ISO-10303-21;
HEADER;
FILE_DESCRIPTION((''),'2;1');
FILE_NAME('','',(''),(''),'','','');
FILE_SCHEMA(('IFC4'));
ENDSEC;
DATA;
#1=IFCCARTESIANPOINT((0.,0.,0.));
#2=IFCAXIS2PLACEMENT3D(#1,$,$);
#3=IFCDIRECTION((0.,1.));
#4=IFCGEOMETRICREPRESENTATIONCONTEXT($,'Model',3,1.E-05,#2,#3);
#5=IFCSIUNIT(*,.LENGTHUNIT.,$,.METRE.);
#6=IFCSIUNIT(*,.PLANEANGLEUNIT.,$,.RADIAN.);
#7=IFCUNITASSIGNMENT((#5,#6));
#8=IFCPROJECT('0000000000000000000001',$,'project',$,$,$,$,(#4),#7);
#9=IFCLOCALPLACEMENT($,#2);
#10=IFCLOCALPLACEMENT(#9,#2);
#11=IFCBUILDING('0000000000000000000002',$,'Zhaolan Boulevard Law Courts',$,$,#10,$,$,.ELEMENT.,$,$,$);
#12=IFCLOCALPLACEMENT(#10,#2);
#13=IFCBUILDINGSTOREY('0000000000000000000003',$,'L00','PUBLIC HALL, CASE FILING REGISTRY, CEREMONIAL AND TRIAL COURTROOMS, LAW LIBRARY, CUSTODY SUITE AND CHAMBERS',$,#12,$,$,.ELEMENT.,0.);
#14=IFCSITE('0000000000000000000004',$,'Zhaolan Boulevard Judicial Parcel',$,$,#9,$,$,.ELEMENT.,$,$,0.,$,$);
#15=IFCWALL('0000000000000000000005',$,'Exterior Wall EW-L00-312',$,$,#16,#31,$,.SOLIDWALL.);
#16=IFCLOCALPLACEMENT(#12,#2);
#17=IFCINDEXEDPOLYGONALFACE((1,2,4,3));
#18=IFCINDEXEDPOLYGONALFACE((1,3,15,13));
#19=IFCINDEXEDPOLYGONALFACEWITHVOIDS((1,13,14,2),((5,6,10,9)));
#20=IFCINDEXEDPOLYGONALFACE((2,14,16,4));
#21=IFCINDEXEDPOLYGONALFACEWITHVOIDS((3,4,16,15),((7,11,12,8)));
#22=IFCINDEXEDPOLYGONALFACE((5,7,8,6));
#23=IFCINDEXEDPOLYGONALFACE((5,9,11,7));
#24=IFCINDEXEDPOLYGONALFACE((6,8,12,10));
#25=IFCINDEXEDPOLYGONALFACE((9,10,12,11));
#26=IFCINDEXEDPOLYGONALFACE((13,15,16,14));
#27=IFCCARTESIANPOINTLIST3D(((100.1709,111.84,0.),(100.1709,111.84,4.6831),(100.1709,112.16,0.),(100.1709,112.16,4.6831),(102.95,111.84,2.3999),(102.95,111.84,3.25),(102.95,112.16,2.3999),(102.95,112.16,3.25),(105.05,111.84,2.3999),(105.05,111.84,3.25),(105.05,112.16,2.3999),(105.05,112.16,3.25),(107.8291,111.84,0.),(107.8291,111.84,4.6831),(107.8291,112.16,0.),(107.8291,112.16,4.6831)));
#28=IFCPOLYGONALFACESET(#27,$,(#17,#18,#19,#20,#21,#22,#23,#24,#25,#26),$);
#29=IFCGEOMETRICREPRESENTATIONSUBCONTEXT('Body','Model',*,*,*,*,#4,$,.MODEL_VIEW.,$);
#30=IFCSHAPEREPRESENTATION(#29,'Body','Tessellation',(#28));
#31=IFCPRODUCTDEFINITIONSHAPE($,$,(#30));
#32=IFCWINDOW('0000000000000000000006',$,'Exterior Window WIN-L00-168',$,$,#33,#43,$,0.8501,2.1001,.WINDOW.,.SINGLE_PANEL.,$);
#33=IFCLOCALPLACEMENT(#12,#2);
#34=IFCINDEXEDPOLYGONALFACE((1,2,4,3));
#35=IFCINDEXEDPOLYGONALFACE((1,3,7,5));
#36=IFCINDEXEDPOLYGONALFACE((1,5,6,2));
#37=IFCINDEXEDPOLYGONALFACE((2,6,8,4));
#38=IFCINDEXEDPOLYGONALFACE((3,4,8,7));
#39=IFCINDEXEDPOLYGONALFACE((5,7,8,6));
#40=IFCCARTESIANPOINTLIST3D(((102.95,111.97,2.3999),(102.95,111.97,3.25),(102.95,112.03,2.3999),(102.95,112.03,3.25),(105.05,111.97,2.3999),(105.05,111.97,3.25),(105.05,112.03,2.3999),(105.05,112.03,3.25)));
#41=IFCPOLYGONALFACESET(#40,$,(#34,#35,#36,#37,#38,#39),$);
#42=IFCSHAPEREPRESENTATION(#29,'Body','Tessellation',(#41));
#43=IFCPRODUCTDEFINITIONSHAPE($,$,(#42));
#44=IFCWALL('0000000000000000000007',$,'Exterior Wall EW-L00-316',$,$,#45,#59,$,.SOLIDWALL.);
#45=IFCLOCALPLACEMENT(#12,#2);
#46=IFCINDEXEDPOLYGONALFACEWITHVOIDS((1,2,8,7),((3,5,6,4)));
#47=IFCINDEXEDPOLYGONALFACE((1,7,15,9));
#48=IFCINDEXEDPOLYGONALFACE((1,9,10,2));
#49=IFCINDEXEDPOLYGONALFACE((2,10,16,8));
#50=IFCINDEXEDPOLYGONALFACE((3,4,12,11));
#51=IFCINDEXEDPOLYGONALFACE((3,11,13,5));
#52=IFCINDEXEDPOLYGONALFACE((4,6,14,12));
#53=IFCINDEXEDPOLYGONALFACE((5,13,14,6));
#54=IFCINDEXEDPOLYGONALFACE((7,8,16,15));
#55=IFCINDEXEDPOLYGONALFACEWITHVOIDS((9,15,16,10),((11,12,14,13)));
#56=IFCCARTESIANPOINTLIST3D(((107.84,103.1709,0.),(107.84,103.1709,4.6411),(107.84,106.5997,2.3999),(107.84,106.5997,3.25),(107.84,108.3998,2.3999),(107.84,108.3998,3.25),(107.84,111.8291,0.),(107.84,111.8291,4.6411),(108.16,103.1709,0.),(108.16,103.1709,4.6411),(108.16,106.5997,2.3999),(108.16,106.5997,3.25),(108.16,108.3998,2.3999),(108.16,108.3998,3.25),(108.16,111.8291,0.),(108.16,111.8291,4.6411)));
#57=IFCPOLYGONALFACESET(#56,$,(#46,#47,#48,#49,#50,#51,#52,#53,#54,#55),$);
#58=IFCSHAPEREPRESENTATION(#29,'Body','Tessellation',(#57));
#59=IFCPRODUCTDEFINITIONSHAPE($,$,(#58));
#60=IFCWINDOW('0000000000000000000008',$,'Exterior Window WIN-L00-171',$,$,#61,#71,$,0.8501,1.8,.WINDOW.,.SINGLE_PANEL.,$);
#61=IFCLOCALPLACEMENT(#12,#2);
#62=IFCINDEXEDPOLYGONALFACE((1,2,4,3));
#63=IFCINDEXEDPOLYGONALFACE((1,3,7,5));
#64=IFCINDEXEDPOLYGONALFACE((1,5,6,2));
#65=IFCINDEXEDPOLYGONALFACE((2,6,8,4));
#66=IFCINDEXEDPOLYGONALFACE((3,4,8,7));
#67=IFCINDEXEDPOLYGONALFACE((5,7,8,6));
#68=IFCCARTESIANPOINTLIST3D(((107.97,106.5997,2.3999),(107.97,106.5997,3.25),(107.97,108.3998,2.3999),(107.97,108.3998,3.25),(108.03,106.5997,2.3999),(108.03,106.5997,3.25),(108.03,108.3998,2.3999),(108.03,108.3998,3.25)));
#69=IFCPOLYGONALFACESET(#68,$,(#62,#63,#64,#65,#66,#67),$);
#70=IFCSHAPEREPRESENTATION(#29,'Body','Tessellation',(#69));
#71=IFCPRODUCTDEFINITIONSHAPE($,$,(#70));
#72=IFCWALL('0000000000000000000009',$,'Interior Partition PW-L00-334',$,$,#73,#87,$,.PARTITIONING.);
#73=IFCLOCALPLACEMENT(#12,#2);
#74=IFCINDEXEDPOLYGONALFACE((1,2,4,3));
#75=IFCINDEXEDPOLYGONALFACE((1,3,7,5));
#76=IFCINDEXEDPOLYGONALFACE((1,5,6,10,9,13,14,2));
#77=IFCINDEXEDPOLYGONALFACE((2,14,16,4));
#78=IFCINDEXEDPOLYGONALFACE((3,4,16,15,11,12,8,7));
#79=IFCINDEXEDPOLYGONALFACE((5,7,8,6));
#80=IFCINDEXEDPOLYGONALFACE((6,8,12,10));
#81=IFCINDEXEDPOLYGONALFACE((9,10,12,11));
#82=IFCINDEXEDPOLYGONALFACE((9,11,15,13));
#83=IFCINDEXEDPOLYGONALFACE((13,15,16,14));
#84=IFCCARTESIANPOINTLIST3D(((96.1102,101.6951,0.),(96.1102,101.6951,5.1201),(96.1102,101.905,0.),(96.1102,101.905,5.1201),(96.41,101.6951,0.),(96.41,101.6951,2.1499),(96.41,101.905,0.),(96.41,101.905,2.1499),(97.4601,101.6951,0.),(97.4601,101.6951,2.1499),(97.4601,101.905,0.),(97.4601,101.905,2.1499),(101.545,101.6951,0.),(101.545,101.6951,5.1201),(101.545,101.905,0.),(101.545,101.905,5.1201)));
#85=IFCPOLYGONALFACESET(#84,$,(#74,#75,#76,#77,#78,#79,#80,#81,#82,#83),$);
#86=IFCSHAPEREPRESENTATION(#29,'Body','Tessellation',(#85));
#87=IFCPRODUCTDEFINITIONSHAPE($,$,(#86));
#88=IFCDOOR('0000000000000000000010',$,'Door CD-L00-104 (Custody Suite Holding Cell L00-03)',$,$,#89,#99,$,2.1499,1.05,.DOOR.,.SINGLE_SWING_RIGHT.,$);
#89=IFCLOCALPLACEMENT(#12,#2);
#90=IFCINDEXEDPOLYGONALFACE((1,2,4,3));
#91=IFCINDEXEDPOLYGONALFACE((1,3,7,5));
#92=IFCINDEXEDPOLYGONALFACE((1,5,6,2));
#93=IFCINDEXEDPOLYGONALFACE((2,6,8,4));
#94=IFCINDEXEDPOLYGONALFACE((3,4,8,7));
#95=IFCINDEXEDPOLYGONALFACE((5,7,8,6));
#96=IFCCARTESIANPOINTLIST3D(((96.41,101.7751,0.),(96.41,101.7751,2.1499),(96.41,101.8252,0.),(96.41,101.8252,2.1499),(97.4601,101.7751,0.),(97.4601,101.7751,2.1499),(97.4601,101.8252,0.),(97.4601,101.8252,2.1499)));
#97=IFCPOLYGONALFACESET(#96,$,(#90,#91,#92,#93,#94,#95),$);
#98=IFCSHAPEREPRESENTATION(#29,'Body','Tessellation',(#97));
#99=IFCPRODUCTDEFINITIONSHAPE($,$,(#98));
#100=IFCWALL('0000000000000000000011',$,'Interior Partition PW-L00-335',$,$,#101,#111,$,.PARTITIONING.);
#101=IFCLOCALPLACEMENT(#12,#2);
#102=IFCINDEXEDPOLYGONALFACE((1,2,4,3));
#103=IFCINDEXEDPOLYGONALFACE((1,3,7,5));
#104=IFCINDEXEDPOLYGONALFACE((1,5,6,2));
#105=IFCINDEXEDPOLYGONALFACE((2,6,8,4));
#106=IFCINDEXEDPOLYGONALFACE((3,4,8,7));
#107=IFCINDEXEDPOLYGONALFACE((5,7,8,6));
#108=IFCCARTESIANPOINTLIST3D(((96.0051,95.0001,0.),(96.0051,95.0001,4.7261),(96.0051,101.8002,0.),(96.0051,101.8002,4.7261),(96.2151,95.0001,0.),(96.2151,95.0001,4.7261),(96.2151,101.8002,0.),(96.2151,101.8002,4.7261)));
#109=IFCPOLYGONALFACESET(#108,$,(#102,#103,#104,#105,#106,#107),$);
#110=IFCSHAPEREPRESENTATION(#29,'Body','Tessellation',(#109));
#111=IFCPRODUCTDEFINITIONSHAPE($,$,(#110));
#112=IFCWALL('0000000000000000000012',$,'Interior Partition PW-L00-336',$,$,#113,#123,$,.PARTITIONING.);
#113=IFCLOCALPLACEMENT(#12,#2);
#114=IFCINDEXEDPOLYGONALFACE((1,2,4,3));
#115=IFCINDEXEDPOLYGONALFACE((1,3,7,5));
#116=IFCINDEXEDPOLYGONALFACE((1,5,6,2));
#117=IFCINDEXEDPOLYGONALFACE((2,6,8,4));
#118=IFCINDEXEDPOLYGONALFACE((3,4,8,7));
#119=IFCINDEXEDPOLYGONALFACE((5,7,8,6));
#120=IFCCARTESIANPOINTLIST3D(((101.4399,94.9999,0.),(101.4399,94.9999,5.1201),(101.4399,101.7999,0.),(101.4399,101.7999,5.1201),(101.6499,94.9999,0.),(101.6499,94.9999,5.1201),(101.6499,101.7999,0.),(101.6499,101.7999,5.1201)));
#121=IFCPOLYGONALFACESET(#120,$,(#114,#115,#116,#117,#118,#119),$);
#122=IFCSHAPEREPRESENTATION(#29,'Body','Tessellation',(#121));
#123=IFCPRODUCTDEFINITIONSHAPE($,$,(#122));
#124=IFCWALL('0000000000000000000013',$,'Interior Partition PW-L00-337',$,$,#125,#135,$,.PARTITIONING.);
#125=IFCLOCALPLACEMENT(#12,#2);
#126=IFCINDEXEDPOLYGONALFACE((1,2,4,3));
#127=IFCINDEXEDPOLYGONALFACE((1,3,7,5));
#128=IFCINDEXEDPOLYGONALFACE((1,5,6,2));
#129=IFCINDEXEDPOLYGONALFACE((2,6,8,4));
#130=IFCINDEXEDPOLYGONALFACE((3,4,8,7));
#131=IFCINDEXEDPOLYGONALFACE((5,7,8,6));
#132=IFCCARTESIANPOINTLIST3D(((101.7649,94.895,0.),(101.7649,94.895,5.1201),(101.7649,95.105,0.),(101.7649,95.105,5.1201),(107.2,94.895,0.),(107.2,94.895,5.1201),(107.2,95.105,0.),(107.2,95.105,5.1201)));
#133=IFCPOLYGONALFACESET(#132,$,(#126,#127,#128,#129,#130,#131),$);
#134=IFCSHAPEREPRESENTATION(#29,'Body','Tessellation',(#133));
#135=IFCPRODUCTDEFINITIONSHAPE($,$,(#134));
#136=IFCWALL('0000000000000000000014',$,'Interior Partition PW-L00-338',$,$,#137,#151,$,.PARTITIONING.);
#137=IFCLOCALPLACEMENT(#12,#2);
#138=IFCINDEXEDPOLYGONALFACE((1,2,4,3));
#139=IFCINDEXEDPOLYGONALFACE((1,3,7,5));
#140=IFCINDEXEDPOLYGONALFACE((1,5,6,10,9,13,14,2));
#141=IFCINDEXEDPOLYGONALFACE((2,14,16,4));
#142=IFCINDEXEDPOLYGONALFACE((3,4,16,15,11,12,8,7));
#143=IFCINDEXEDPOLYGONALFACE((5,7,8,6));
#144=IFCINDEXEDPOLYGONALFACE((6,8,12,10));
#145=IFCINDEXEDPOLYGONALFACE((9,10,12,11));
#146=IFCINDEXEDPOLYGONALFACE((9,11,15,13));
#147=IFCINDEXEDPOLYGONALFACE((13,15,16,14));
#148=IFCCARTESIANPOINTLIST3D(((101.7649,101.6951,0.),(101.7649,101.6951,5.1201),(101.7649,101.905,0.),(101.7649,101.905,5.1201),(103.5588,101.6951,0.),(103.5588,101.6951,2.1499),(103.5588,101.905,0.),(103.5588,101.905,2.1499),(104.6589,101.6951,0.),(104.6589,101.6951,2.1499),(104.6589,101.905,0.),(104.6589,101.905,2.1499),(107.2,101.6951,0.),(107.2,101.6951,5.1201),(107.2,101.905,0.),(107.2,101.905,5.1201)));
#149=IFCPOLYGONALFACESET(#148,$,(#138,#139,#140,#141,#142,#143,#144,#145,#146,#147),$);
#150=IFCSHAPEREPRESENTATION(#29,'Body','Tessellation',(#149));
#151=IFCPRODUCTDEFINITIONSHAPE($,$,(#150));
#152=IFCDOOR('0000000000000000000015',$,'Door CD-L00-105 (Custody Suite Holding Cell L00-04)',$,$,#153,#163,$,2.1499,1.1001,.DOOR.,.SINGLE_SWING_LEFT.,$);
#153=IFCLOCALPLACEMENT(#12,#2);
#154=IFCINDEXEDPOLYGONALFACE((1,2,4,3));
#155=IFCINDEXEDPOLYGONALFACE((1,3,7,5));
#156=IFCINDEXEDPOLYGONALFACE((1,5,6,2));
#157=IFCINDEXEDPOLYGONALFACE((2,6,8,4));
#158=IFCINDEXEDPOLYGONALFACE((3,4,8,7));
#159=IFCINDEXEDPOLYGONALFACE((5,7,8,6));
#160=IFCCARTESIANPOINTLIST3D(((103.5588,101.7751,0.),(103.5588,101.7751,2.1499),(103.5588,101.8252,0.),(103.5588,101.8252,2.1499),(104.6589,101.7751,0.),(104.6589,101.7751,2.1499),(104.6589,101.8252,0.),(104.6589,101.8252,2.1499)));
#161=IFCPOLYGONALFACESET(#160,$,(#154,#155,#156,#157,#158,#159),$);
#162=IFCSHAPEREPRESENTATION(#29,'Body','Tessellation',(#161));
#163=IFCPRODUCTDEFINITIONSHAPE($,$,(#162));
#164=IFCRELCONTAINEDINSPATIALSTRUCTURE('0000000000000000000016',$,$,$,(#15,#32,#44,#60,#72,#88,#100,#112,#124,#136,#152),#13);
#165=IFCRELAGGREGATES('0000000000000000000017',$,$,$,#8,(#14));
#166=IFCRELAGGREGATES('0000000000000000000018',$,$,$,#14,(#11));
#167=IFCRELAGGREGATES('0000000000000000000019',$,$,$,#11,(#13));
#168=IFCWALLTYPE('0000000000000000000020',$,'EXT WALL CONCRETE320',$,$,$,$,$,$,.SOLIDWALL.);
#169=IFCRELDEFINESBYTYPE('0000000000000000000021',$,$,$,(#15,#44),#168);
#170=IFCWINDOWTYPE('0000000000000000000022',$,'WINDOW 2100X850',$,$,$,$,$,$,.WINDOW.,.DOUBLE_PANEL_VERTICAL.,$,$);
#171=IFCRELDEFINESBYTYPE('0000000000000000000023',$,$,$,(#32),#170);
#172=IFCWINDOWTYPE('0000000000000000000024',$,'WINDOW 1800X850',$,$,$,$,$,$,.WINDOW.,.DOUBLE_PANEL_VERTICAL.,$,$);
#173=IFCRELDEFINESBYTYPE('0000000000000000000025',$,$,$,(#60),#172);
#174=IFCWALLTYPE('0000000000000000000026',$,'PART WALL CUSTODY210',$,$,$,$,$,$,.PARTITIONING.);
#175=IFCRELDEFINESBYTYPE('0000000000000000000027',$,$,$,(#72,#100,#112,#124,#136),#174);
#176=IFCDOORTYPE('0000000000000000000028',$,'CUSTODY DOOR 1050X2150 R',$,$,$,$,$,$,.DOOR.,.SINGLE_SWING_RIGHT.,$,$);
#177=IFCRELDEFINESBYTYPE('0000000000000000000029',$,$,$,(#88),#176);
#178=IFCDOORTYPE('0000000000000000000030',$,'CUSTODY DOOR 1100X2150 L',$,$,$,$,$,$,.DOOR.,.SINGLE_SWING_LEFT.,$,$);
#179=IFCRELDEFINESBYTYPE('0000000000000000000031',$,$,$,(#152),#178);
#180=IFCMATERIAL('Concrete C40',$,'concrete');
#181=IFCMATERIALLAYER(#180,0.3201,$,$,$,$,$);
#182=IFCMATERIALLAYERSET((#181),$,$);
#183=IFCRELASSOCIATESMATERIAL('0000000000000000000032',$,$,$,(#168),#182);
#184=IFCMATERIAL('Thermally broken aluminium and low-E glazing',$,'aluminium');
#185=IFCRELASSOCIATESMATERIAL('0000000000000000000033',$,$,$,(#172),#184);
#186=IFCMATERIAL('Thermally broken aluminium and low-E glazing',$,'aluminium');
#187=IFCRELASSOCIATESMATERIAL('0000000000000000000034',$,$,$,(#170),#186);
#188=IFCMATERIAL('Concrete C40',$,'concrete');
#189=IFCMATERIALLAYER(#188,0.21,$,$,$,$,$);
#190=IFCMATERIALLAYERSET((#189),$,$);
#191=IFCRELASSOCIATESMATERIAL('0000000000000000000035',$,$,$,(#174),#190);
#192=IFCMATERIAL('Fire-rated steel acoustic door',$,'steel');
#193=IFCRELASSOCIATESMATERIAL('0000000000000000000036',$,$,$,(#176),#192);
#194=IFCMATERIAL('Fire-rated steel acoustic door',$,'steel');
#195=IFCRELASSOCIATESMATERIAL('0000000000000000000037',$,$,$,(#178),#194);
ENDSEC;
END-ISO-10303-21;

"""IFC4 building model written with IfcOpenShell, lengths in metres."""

from ifc_helpers import new_model, si_unit, direction, frame, frame_2d, origin, place, context, subcontext, project, spatial, rectangle, extrude, material, layer, layer_set, type_object, element, fill, save


model = new_model("IFC4")

# Units and contexts
model_context = context("Model", 3, precision=1e-05, world=origin(), true_north=direction((0.0, 1.0)))
body_context = subcontext(model_context, "Body", "Model", "MODEL_VIEW")
ifc_project = project(units=[si_unit("LENGTHUNIT", "METRE"), si_unit("PLANEANGLEUNIT", "RADIAN")], contexts=[model_context])

# Site, building, storey
site_placement = place(None, origin())
site = spatial("IfcSite", under=ifc_project, at=site_placement, Name="Zhaolan Boulevard Judicial Parcel", CompositionType="ELEMENT", RefElevation=0.0)
building_placement = place(site_placement, origin())
building = spatial("IfcBuilding", under=site, at=building_placement, Name="Zhaolan Boulevard Law Courts", CompositionType="ELEMENT")
storey_placement = place(building_placement, origin())
storey = spatial("IfcBuildingStorey", under=building, at=storey_placement, Name="L00", Description="PUBLIC HALL, CASE FILING REGISTRY, CEREMONIAL AND TRIAL COURTROOMS, LAW LIBRARY, CUSTODY SUITE AND CHAMBERS", CompositionType="ELEMENT", Elevation=0.0)

# Walls, openings, windows
ifc_material_1 = material(Name="Concrete C40", Category="concrete")
ifc_layer_1 = layer(ifc_material_1, 0.3201)
ifc_layer_set_1 = layer_set([ifc_layer_1])
wall_type_1 = type_object("IfcWallType", Name="EXT WALL CONCRETE320", PredefinedType="SOLIDWALL", material=ifc_layer_set_1)
ifc_material_2 = material(Name="Thermally broken aluminium and low-E glazing", Category="aluminium")
window_type_1 = type_object("IfcWindowType", Name="WINDOW 1800X850", PartitioningType="DOUBLE_PANEL_VERTICAL", PredefinedType="WINDOW", material=ifc_material_2)
wall_1_placement = place(storey_placement, frame((107.8291, 112.0, 0.0), z_axis=(0.0, 0.0, 1.0), x_axis=(-1.0, 0.0, 0.0)))
wall_1 = element("IfcWall", 1, at=wall_1_placement, inside=storey, type_object=wall_type_1, Name="Exterior Wall EW-L00-312", PredefinedType="SOLIDWALL", context=body_context, shape_type="SweptSolid", body=[
    extrude(rectangle(XDim=7.6582, YDim=0.3201, at=frame_2d((3.8291, 0.0))), origin(), (0.0, 0.0, 1.0), 4.6831),
])
opening_1_placement = place(wall_1_placement, frame((2.7791, 0.0, 2.3999)))
opening_1 = element("IfcOpeningElement", 2, at=opening_1_placement, cuts=wall_1, PredefinedType="OPENING", context=body_context, shape_type="SweptSolid", body=[
    extrude(rectangle(XDim=2.1001, YDim=0.8501, at=frame_2d((1.05, 0.425))), frame((0.0, 0.1699, 0.0), z_axis=(0.0, -1.0, 0.0), x_axis=(1.0, 0.0, 0.0)), (0.0, 0.0, 1.0), 0.3401),
])
ifc_material_3 = material(Name="Thermally broken aluminium and low-E glazing", Category="aluminium")
window_type_2 = type_object("IfcWindowType", Name="WINDOW 2100X850", PartitioningType="DOUBLE_PANEL_VERTICAL", PredefinedType="WINDOW", material=ifc_material_3)
window_1_placement = place(opening_1_placement, origin())
window_1 = element("IfcWindow", 3, at=window_1_placement, inside=storey, type_object=window_type_2, Name="Exterior Window WIN-L00-168", OverallHeight=0.8501, OverallWidth=2.1001, PartitioningType="SINGLE_PANEL", PredefinedType="WINDOW", context=body_context, shape_type="SweptSolid", body=[
    extrude(rectangle(XDim=2.1001, YDim=0.8501, at=frame_2d((1.05, 0.425))), frame((0.0, 0.03, 0.0), z_axis=(0.0, -1.0, 0.0), x_axis=(1.0, 0.0, 0.0)), (0.0, 0.0, 1.0), 0.0601),
])
fill(opening_1, window_1)
wall_2_placement = place(storey_placement, frame((108.0, 103.1709, 0.0), z_axis=(0.0, 0.0, 1.0), x_axis=(0.0, 1.0, 0.0)))
wall_2 = element("IfcWall", 4, at=wall_2_placement, inside=storey, type_object=wall_type_1, Name="Exterior Wall EW-L00-316", PredefinedType="SOLIDWALL", context=body_context, shape_type="SweptSolid", body=[
    extrude(rectangle(XDim=8.6582, YDim=0.3201, at=frame_2d((4.3291, 0.0))), origin(), (0.0, 0.0, 1.0), 4.6411),
])
opening_2_placement = place(wall_2_placement, frame((3.429, 0.0, 2.3999)))
opening_2 = element("IfcOpeningElement", 5, at=opening_2_placement, cuts=wall_2, PredefinedType="OPENING", context=body_context, shape_type="SweptSolid", body=[
    extrude(rectangle(XDim=1.8, YDim=0.8501, at=frame_2d((0.8999, 0.425))), frame((0.0, 0.1699, 0.0), z_axis=(0.0, -1.0, 0.0), x_axis=(1.0, 0.0, 0.0)), (0.0, 0.0, 1.0), 0.3401),
])
window_2_placement = place(opening_2_placement, origin())
window_2 = element("IfcWindow", 6, at=window_2_placement, inside=storey, type_object=window_type_1, Name="Exterior Window WIN-L00-171", OverallHeight=0.8501, OverallWidth=1.8, PartitioningType="SINGLE_PANEL", PredefinedType="WINDOW", context=body_context, shape_type="SweptSolid", body=[
    extrude(rectangle(XDim=1.8, YDim=0.8501, at=frame_2d((0.8999, 0.425))), frame((0.0, 0.03, 0.0), z_axis=(0.0, -1.0, 0.0), x_axis=(1.0, 0.0, 0.0)), (0.0, 0.0, 1.0), 0.0601),
])
fill(opening_2, window_2)

# Wall, opening, door
ifc_material_4 = material(Name="Concrete C40", Category="concrete")
ifc_layer_2 = layer(ifc_material_4, 0.21)
ifc_layer_set_2 = layer_set([ifc_layer_2])
wall_type_2 = type_object("IfcWallType", Name="PART WALL CUSTODY210", PredefinedType="PARTITIONING", material=ifc_layer_set_2)
wall_3_placement = place(storey_placement, frame((101.5449, 101.8, 0.0), z_axis=(0.0, 0.0, 1.0), x_axis=(-1.0, 0.0, 0.0)))
wall_3 = element("IfcWall", 7, at=wall_3_placement, inside=storey, type_object=wall_type_2, Name="Interior Partition PW-L00-334", PredefinedType="PARTITIONING", context=body_context, shape_type="SweptSolid", body=[
    extrude(rectangle(XDim=5.4348, YDim=0.21, at=frame_2d((2.7173, 0.0))), origin(), (0.0, 0.0, 1.0), 5.1201),
])
opening_3_placement = place(wall_3_placement, frame((4.085, 0.0, 0.0)))
opening_3 = element("IfcOpeningElement", 8, at=opening_3_placement, cuts=wall_3, PredefinedType="OPENING", context=body_context, shape_type="SweptSolid", body=[
    extrude(rectangle(XDim=1.05, YDim=2.1499, at=frame_2d((0.5249, 1.075))), frame((0.0, 0.115, 0.0), z_axis=(0.0, -1.0, 0.0), x_axis=(1.0, 0.0, 0.0)), (0.0, 0.0, 1.0), 0.23),
])
ifc_material_5 = material(Name="Fire-rated steel acoustic door", Category="steel")
door_type_1 = type_object("IfcDoorType", Name="CUSTODY DOOR 1050X2150 R", OperationType="SINGLE_SWING_RIGHT", PredefinedType="DOOR", material=ifc_material_5)
door_1_placement = place(opening_3_placement, origin())
door_1 = element("IfcDoor", 9, at=door_1_placement, inside=storey, type_object=door_type_1, Name="Door CD-L00-104 (Custody Suite Holding Cell L00-03)", OperationType="SINGLE_SWING_RIGHT", OverallHeight=2.1499, OverallWidth=1.05, PredefinedType="DOOR", context=body_context, shape_type="SweptSolid", body=[
    extrude(rectangle(XDim=1.05, YDim=2.1499, at=frame_2d((0.5249, 1.075))), frame((0.0, 0.0249, 0.0), z_axis=(0.0, -1.0, 0.0), x_axis=(1.0, 0.0, 0.0)), (0.0, 0.0, 1.0), 0.05),
])
fill(opening_3, door_1)

# Walls
wall_4_placement = place(storey_placement, frame((96.1101, 101.8, 0.0), z_axis=(0.0, 0.0, 1.0), x_axis=(0.0, -1.0, 0.0)))
element("IfcWall", 10, at=wall_4_placement, inside=storey, type_object=wall_type_2, Name="Interior Partition PW-L00-335", PredefinedType="PARTITIONING", context=body_context, shape_type="SweptSolid", body=[
    extrude(rectangle(XDim=6.8, YDim=0.21, at=frame_2d((3.3999, 0.0))), origin(), (0.0, 0.0, 1.0), 4.7261),
])
wall_5_placement = place(storey_placement, frame((101.5449, 95.0, 0.0), z_axis=(0.0, 0.0, 1.0), x_axis=(0.0, 1.0, 0.0)))
element("IfcWall", 11, at=wall_5_placement, inside=storey, type_object=wall_type_2, Name="Interior Partition PW-L00-336", PredefinedType="PARTITIONING", context=body_context, shape_type="SweptSolid", body=[
    extrude(rectangle(XDim=6.8, YDim=0.21, at=frame_2d((3.3999, 0.0))), origin(), (0.0, 0.0, 1.0), 5.1201),
])
wall_6_placement = place(storey_placement, frame((101.7649, 95.0, 0.0), z_axis=(0.0, 0.0, 1.0), x_axis=(1.0, 0.0, 0.0)))
element("IfcWall", 12, at=wall_6_placement, inside=storey, type_object=wall_type_2, Name="Interior Partition PW-L00-337", PredefinedType="PARTITIONING", context=body_context, shape_type="SweptSolid", body=[
    extrude(rectangle(XDim=5.4351, YDim=0.21, at=frame_2d((2.7175, 0.0))), origin(), (0.0, 0.0, 1.0), 5.1201),
])

# Wall, opening, door
wall_7_placement = place(storey_placement, frame((107.2, 101.8, 0.0), z_axis=(0.0, 0.0, 1.0), x_axis=(-1.0, 0.0, 0.0)))
wall_7 = element("IfcWall", 13, at=wall_7_placement, inside=storey, type_object=wall_type_2, Name="Interior Partition PW-L00-338", PredefinedType="PARTITIONING", context=body_context, shape_type="SweptSolid", body=[
    extrude(rectangle(XDim=5.4351, YDim=0.21, at=frame_2d((2.7175, 0.0))), origin(), (0.0, 0.0, 1.0), 5.1201),
])
opening_4_placement = place(wall_7_placement, frame((2.541, 0.0, 0.0)))
opening_4 = element("IfcOpeningElement", 14, at=opening_4_placement, cuts=wall_7, PredefinedType="OPENING", context=body_context, shape_type="SweptSolid", body=[
    extrude(rectangle(XDim=1.1001, YDim=2.1499, at=frame_2d((0.55, 1.075))), frame((0.0, 0.115, 0.0), z_axis=(0.0, -1.0, 0.0), x_axis=(1.0, 0.0, 0.0)), (0.0, 0.0, 1.0), 0.23),
])
ifc_material_6 = material(Name="Fire-rated steel acoustic door", Category="steel")
door_type_2 = type_object("IfcDoorType", Name="CUSTODY DOOR 1100X2150 L", OperationType="SINGLE_SWING_LEFT", PredefinedType="DOOR", material=ifc_material_6)
door_2_placement = place(opening_4_placement, origin())
door_2 = element("IfcDoor", 15, at=door_2_placement, inside=storey, type_object=door_type_2, Name="Door CD-L00-105 (Custody Suite Holding Cell L00-04)", OperationType="SINGLE_SWING_LEFT", OverallHeight=2.1499, OverallWidth=1.1001, PredefinedType="DOOR", context=body_context, shape_type="SweptSolid", body=[
    extrude(rectangle(XDim=1.1001, YDim=2.1499, at=frame_2d((0.55, 1.075))), frame((0.0, 0.0249, 0.0), z_axis=(0.0, -1.0, 0.0), x_axis=(1.0, 0.0, 0.0)), (0.0, 0.0, 1.0), 0.05),
])
fill(opening_4, door_2)

save(model, "model.ifc")
